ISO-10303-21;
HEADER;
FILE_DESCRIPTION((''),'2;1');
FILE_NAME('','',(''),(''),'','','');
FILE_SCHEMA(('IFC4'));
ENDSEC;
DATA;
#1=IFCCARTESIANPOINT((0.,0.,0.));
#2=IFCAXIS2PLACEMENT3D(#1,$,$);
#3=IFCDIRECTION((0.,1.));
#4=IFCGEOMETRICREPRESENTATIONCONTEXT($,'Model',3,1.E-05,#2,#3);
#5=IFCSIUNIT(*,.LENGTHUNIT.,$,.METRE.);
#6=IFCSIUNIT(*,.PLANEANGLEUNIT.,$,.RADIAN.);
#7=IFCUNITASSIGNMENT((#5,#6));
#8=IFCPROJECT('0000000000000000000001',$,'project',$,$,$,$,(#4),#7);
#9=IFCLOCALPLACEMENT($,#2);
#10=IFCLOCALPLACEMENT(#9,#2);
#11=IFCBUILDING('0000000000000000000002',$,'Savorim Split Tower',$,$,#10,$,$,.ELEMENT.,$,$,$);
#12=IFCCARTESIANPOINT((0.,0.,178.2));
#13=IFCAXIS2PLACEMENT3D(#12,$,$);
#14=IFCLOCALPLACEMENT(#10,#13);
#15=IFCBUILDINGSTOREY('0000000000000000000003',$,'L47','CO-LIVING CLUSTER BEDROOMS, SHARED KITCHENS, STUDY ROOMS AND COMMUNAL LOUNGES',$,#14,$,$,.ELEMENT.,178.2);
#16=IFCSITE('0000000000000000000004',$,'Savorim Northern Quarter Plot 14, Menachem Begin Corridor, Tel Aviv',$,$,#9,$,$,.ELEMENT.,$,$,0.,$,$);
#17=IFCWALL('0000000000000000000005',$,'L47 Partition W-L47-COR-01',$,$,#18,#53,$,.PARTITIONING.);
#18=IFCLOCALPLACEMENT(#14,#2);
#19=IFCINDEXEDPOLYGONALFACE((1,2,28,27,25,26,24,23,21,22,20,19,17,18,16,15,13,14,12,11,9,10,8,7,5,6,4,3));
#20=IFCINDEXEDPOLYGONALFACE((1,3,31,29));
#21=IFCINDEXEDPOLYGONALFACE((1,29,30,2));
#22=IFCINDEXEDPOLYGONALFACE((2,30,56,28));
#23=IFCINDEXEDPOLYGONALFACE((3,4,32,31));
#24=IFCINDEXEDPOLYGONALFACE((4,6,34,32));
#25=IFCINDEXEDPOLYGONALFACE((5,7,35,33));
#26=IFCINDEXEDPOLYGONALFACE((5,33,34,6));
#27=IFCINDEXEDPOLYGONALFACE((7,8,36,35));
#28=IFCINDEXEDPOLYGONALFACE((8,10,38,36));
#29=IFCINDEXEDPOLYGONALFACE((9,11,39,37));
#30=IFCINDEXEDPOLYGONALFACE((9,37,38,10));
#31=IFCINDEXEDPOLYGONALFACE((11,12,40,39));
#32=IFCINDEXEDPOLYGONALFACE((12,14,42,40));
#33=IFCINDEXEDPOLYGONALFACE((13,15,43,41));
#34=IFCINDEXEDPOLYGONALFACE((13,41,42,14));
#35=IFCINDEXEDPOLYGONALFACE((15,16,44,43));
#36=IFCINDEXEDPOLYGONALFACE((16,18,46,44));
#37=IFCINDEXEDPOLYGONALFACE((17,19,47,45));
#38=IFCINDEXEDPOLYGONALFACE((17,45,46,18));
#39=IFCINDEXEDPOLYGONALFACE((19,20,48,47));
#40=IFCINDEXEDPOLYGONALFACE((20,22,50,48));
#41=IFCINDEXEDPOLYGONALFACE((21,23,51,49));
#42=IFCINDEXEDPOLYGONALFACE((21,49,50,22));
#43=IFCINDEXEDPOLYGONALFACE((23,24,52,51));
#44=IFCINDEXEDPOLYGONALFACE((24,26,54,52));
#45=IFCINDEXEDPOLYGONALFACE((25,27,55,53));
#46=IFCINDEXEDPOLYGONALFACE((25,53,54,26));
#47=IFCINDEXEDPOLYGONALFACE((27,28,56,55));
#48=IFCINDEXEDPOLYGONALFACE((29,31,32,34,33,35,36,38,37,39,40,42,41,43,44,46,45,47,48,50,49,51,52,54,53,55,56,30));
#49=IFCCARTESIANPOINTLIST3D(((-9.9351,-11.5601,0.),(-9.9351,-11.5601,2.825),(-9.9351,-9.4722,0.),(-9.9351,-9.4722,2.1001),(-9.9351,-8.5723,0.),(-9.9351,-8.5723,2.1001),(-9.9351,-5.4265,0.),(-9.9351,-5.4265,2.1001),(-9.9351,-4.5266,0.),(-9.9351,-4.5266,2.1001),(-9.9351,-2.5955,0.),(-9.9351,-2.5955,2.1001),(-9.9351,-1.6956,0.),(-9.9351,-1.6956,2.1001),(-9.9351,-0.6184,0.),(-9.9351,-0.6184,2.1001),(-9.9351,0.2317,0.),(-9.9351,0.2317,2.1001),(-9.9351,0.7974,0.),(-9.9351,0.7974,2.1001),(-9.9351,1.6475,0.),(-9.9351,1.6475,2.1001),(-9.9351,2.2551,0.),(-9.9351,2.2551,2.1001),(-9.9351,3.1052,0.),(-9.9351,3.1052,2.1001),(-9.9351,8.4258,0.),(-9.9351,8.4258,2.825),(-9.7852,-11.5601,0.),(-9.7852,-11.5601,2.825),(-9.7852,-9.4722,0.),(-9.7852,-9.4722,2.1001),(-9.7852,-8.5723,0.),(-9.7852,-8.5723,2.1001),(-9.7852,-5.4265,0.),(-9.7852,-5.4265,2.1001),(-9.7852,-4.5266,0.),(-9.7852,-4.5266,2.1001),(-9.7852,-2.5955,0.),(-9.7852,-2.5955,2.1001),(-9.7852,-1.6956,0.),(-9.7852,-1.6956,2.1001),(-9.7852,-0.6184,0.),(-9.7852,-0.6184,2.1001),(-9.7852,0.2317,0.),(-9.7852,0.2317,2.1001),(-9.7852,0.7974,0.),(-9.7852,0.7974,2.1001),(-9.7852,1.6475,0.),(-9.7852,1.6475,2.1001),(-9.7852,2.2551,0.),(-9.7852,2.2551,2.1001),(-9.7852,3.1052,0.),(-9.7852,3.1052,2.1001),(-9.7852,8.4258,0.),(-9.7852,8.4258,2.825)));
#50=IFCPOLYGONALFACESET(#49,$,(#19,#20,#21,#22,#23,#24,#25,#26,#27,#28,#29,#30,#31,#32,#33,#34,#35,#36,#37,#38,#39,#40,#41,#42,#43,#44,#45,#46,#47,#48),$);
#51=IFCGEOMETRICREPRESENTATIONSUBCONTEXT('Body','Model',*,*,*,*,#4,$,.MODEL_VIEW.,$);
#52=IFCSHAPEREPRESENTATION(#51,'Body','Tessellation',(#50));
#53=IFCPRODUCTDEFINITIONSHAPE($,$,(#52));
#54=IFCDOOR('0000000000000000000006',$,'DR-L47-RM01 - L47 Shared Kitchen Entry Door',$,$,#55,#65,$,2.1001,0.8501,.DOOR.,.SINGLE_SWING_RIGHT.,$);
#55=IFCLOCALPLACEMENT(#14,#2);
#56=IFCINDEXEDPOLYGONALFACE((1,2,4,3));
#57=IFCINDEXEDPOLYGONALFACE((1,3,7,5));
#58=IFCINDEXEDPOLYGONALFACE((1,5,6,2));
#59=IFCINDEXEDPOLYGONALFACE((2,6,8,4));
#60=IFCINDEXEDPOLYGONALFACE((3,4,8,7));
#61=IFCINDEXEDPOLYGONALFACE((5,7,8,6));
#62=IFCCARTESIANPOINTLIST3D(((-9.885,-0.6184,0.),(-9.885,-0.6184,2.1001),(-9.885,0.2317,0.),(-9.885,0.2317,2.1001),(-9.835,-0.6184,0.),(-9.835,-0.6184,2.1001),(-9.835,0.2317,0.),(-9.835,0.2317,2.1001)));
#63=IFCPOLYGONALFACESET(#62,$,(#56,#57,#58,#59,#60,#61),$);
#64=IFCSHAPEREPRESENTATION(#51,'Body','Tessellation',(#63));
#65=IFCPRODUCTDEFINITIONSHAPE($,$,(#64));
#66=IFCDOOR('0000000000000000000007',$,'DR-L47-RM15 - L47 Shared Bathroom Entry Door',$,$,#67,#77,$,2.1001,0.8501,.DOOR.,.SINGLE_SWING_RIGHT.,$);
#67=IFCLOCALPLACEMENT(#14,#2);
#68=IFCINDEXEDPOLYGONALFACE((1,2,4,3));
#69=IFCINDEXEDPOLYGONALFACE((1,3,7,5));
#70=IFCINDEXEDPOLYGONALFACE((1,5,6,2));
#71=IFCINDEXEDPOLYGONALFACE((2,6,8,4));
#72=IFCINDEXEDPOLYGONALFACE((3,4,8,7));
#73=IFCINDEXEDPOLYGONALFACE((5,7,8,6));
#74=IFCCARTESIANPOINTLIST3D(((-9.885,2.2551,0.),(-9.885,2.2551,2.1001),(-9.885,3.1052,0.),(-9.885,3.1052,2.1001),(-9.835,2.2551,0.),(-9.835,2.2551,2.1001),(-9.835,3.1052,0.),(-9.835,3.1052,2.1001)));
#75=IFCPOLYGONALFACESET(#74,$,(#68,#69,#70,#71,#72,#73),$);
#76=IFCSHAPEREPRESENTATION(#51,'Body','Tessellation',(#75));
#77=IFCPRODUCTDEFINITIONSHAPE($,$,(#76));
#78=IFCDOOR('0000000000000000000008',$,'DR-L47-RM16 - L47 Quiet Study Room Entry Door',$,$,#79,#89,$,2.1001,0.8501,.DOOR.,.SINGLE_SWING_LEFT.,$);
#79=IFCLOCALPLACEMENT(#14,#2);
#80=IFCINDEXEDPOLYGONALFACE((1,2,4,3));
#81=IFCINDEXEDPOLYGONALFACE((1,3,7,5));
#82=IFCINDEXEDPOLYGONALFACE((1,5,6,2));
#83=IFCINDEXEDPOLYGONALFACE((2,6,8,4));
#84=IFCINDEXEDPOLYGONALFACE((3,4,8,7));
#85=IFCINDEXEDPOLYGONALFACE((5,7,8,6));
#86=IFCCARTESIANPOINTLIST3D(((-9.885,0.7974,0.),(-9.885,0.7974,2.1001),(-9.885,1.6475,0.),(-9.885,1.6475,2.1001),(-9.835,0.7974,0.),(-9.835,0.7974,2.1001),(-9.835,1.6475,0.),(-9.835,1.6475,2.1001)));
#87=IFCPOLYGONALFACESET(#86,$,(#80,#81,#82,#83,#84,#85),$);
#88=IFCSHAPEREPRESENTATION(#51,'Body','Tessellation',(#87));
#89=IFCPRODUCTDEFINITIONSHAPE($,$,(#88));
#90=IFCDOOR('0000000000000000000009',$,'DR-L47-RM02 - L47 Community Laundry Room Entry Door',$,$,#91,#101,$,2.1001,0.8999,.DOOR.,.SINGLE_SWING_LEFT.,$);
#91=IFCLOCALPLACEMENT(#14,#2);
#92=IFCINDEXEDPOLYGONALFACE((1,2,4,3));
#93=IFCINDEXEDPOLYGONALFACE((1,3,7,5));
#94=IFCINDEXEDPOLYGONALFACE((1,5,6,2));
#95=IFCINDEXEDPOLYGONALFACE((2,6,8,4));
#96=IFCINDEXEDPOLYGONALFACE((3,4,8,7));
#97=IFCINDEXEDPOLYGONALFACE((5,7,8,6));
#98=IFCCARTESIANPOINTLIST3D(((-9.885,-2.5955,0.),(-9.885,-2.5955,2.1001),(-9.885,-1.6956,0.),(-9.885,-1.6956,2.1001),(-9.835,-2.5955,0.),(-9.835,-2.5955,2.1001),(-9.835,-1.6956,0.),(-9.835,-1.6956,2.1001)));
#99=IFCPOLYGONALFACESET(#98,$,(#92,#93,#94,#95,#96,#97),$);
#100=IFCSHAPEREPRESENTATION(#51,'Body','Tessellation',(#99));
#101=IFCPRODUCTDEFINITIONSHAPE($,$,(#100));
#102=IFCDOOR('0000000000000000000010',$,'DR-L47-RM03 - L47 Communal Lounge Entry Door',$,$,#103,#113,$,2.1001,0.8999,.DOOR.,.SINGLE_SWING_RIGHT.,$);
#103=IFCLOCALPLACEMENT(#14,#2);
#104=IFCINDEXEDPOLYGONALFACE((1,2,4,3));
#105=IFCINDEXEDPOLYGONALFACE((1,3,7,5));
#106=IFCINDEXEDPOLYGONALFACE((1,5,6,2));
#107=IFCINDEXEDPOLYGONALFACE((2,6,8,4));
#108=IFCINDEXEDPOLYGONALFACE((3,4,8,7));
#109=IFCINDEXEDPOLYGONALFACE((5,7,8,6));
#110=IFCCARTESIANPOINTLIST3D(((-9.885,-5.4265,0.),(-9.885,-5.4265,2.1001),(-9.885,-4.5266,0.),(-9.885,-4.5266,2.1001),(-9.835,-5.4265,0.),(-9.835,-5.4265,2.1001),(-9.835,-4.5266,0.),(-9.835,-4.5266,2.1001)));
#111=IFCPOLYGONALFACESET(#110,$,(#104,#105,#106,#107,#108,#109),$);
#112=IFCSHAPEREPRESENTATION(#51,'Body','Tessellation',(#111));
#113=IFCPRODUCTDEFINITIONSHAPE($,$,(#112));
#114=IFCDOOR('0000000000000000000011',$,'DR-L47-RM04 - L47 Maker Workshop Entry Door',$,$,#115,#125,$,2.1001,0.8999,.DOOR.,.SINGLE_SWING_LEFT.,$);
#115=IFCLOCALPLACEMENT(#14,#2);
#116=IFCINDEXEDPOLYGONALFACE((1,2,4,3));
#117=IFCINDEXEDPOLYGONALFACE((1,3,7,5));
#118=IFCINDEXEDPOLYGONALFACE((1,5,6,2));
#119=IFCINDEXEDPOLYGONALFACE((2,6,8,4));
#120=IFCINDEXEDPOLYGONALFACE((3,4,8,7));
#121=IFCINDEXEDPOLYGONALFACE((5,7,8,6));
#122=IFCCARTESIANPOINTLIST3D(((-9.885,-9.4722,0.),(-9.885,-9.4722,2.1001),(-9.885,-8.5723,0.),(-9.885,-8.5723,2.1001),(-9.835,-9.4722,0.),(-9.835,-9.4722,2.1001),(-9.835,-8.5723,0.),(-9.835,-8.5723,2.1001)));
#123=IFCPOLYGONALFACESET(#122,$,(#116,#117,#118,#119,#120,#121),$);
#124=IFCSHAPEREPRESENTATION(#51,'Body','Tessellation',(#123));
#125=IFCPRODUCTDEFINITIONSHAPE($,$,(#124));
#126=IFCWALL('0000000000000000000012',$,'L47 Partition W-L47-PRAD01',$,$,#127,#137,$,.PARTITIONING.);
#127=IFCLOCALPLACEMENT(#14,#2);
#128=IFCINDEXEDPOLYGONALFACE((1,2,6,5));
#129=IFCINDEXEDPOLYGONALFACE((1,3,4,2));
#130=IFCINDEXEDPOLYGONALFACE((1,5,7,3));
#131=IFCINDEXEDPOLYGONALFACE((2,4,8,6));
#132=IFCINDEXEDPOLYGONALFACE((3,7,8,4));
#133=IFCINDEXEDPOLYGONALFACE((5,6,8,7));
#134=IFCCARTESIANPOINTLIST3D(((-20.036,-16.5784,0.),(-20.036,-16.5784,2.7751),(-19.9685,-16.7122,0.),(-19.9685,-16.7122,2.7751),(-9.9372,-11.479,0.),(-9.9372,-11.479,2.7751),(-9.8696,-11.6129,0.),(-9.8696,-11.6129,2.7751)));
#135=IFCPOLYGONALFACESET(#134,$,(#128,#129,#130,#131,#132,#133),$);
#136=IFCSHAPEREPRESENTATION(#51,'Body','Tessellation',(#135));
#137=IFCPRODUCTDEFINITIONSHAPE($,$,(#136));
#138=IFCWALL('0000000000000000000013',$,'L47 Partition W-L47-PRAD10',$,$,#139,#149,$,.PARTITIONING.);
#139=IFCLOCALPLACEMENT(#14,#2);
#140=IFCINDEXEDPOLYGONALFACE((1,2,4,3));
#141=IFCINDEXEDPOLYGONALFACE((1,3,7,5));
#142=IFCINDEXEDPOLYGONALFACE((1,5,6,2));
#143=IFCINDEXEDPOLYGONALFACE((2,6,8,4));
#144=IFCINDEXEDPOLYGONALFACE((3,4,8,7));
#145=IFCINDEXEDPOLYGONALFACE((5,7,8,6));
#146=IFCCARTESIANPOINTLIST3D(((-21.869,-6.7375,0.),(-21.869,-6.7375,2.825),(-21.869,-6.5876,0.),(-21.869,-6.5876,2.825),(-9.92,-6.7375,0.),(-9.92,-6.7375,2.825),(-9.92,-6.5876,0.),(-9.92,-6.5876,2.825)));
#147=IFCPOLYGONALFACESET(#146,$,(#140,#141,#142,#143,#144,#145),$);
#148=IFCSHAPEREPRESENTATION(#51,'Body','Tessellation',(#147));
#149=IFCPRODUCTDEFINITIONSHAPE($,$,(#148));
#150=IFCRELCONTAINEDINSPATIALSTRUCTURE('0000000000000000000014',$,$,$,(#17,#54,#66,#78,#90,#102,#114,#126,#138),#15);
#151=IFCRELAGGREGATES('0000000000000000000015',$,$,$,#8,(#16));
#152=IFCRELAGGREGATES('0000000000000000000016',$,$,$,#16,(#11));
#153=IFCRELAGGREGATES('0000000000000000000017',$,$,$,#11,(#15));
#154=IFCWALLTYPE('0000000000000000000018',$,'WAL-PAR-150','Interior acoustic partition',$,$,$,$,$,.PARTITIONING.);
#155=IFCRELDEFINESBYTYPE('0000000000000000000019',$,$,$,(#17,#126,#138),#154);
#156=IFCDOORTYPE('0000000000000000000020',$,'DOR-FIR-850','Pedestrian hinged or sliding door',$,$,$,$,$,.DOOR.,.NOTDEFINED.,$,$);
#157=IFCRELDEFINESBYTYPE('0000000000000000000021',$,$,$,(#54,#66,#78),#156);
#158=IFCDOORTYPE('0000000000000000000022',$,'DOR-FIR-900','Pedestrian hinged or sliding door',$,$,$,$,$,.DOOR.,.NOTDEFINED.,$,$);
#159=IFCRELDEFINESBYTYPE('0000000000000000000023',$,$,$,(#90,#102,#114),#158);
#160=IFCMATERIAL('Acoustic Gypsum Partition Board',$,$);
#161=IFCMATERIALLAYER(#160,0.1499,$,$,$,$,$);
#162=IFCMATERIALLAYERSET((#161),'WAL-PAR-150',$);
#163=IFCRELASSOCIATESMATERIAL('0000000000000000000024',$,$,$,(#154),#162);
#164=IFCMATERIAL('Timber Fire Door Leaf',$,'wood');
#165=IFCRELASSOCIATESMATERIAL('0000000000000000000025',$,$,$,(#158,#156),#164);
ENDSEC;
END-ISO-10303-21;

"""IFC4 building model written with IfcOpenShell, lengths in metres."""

from ifc_helpers import new_model, si_unit, direction, frame, frame_2d, origin, place, context, subcontext, project, spatial, rectangle, extrude, material, layer, layer_set, type_object, element, fill, save


model = new_model("IFC4")

# Units and contexts
model_context = context("Model", 3, precision=1e-05, world=origin(), true_north=direction((0.0, 1.0)))
body_context = subcontext(model_context, "Body", "Model", "MODEL_VIEW")
ifc_project = project(units=[si_unit("LENGTHUNIT", "METRE"), si_unit("PLANEANGLEUNIT", "RADIAN")], contexts=[model_context])

# Site, building, storey
site_placement = place(None, origin())
site = spatial("IfcSite", under=ifc_project, at=site_placement, Name="Savorim Northern Quarter Plot 14, Menachem Begin Corridor, Tel Aviv", CompositionType="ELEMENT", RefElevation=0.0)
building_placement = place(site_placement, origin())
building = spatial("IfcBuilding", under=site, at=building_placement, Name="Savorim Split Tower", CompositionType="ELEMENT")
storey_placement = place(building_placement, frame((0.0, 0.0, 178.2)))
storey = spatial("IfcBuildingStorey", under=building, at=storey_placement, Name="L47", Description="CO-LIVING CLUSTER BEDROOMS, SHARED KITCHENS, STUDY ROOMS AND COMMUNAL LOUNGES", CompositionType="ELEMENT", Elevation=178.2)

# Shared definitions
ifc_material_1 = material(Name="Timber Fire Door Leaf", Category="wood")

# Shared definitions
ifc_material_2 = material(Name="Acoustic Gypsum Partition Board")
ifc_layer_1 = layer(ifc_material_2, 0.1499)
ifc_layer_set_1 = layer_set([ifc_layer_1], Name="WAL-PAR-150")
wall_type_1 = type_object("IfcWallType", Name="WAL-PAR-150", Description="Interior acoustic partition", PredefinedType="PARTITIONING", material=ifc_layer_set_1)
door_type_1 = type_object("IfcDoorType", Name="DOR-FIR-900", Description="Pedestrian hinged or sliding door", OperationType="NOTDEFINED", PredefinedType="DOOR", material=ifc_material_1)

# Wall, openings, doors
wall_1_placement = place(storey_placement, frame((-9.8601, -11.5601, 0.0), z_axis=(0.0, 0.0, 1.0), x_axis=(0.0, 1.0, 0.0)))
wall_1 = element("IfcWall", 1, at=wall_1_placement, inside=storey, type_object=wall_type_1, Name="L47 Partition W-L47-COR-01", PredefinedType="PARTITIONING", context=body_context, shape_type="SweptSolid", body=[
    extrude(rectangle(XDim=19.9858, YDim=0.1499, at=frame_2d((9.9929, 0.0))), origin(), (0.0, 0.0, 1.0), 2.825),
])
opening_1_placement = place(wall_1_placement, frame((10.9417, 0.0, 0.0)))
opening_1 = element("IfcOpeningElement", 2, at=opening_1_placement, cuts=wall_1, PredefinedType="OPENING", context=body_context, shape_type="SweptSolid", body=[
    extrude(rectangle(XDim=0.8501, YDim=2.1001, at=frame_2d((0.425, 1.05))), frame((0.0, 0.085, 0.0), z_axis=(0.0, -1.0, 0.0), x_axis=(1.0, 0.0, 0.0)), (0.0, 0.0, 1.0), 0.1699),
])
opening_2_placement = place(wall_1_placement, frame((8.9646, 0.0, 0.0)))
opening_2 = element("IfcOpeningElement", 3, at=opening_2_placement, cuts=wall_1, PredefinedType="OPENING", context=body_context, shape_type="SweptSolid", body=[
    extrude(rectangle(XDim=0.8999, YDim=2.1001, at=frame_2d((0.45, 1.05))), frame((0.0, 0.085, 0.0), z_axis=(0.0, -1.0, 0.0), x_axis=(1.0, 0.0, 0.0)), (0.0, 0.0, 1.0), 0.1699),
])
opening_3_placement = place(wall_1_placement, frame((6.1335, 0.0, 0.0)))
opening_3 = element("IfcOpeningElement", 4, at=opening_3_placement, cuts=wall_1, PredefinedType="OPENING", context=body_context, shape_type="SweptSolid", body=[
    extrude(rectangle(XDim=0.8999, YDim=2.1001, at=frame_2d((0.45, 1.05))), frame((0.0, 0.085, 0.0), z_axis=(0.0, -1.0, 0.0), x_axis=(1.0, 0.0, 0.0)), (0.0, 0.0, 1.0), 0.1699),
])
opening_4_placement = place(wall_1_placement, frame((2.0879, 0.0, 0.0)))
opening_4 = element("IfcOpeningElement", 5, at=opening_4_placement, cuts=wall_1, PredefinedType="OPENING", context=body_context, shape_type="SweptSolid", body=[
    extrude(rectangle(XDim=0.8999, YDim=2.1001, at=frame_2d((0.45, 1.05))), frame((0.0, 0.085, 0.0), z_axis=(0.0, -1.0, 0.0), x_axis=(1.0, 0.0, 0.0)), (0.0, 0.0, 1.0), 0.1699),
])
opening_5_placement = place(wall_1_placement, frame((13.8152, 0.0, 0.0)))
opening_5 = element("IfcOpeningElement", 6, at=opening_5_placement, cuts=wall_1, PredefinedType="OPENING", context=body_context, shape_type="SweptSolid", body=[
    extrude(rectangle(XDim=0.8501, YDim=2.1001, at=frame_2d((0.425, 1.05))), frame((0.0, 0.085, 0.0), z_axis=(0.0, -1.0, 0.0), x_axis=(1.0, 0.0, 0.0)), (0.0, 0.0, 1.0), 0.1699),
])
opening_6_placement = place(wall_1_placement, frame((12.3574, 0.0, 0.0)))
opening_6 = element("IfcOpeningElement", 7, at=opening_6_placement, cuts=wall_1, PredefinedType="OPENING", context=body_context, shape_type="SweptSolid", body=[
    extrude(rectangle(XDim=0.8501, YDim=2.1001, at=frame_2d((0.425, 1.05))), frame((0.0, 0.085, 0.0), z_axis=(0.0, -1.0, 0.0), x_axis=(1.0, 0.0, 0.0)), (0.0, 0.0, 1.0), 0.1699),
])
door_type_2 = type_object("IfcDoorType", Name="DOR-FIR-850", Description="Pedestrian hinged or sliding door", OperationType="NOTDEFINED", PredefinedType="DOOR", material=ifc_material_1)
door_1_placement = place(opening_1_placement, origin())
door_1 = element("IfcDoor", 8, at=door_1_placement, inside=storey, type_object=door_type_2, Name="DR-L47-RM01 - L47 Shared Kitchen Entry Door", OperationType="SINGLE_SWING_RIGHT", OverallHeight=2.1001, OverallWidth=0.8501, PredefinedType="DOOR", context=body_context, shape_type="SweptSolid", body=[
    extrude(rectangle(XDim=0.8501, YDim=2.1001, at=frame_2d((0.425, 1.05))), frame((0.0, 0.0249, 0.0), z_axis=(0.0, -1.0, 0.0), x_axis=(1.0, 0.0, 0.0)), (0.0, 0.0, 1.0), 0.05),
])
fill(opening_1, door_1)
door_2_placement = place(opening_5_placement, origin())
door_2 = element("IfcDoor", 9, at=door_2_placement, inside=storey, type_object=door_type_2, Name="DR-L47-RM15 - L47 Shared Bathroom Entry Door", OperationType="SINGLE_SWING_RIGHT", OverallHeight=2.1001, OverallWidth=0.8501, PredefinedType="DOOR", context=body_context, shape_type="SweptSolid", body=[
    extrude(rectangle(XDim=0.8501, YDim=2.1001, at=frame_2d((0.425, 1.05))), frame((0.0, 0.0249, 0.0), z_axis=(0.0, -1.0, 0.0), x_axis=(1.0, 0.0, 0.0)), (0.0, 0.0, 1.0), 0.05),
])
fill(opening_5, door_2)
door_3_placement = place(opening_6_placement, origin())
door_3 = element("IfcDoor", 10, at=door_3_placement, inside=storey, type_object=door_type_2, Name="DR-L47-RM16 - L47 Quiet Study Room Entry Door", OperationType="SINGLE_SWING_LEFT", OverallHeight=2.1001, OverallWidth=0.8501, PredefinedType="DOOR", context=body_context, shape_type="SweptSolid", body=[
    extrude(rectangle(XDim=0.8501, YDim=2.1001, at=frame_2d((0.425, 1.05))), frame((0.0, 0.0249, 0.0), z_axis=(0.0, -1.0, 0.0), x_axis=(1.0, 0.0, 0.0)), (0.0, 0.0, 1.0), 0.05),
])
fill(opening_6, door_3)
door_4_placement = place(opening_2_placement, origin())
door_4 = element("IfcDoor", 11, at=door_4_placement, inside=storey, type_object=door_type_1, Name="DR-L47-RM02 - L47 Community Laundry Room Entry Door", OperationType="SINGLE_SWING_LEFT", OverallHeight=2.1001, OverallWidth=0.8999, PredefinedType="DOOR", context=body_context, shape_type="SweptSolid", body=[
    extrude(rectangle(XDim=0.8999, YDim=2.1001, at=frame_2d((0.45, 1.05))), frame((0.0, 0.0249, 0.0), z_axis=(0.0, -1.0, 0.0), x_axis=(1.0, 0.0, 0.0)), (0.0, 0.0, 1.0), 0.05),
])
fill(opening_2, door_4)
door_5_placement = place(opening_3_placement, origin())
door_5 = element("IfcDoor", 12, at=door_5_placement, inside=storey, type_object=door_type_1, Name="DR-L47-RM03 - L47 Communal Lounge Entry Door", OperationType="SINGLE_SWING_RIGHT", OverallHeight=2.1001, OverallWidth=0.8999, PredefinedType="DOOR", context=body_context, shape_type="SweptSolid", body=[
    extrude(rectangle(XDim=0.8999, YDim=2.1001, at=frame_2d((0.45, 1.05))), frame((0.0, 0.0249, 0.0), z_axis=(0.0, -1.0, 0.0), x_axis=(1.0, 0.0, 0.0)), (0.0, 0.0, 1.0), 0.05),
])
fill(opening_3, door_5)
door_6_placement = place(opening_4_placement, origin())
door_6 = element("IfcDoor", 13, at=door_6_placement, inside=storey, type_object=door_type_1, Name="DR-L47-RM04 - L47 Maker Workshop Entry Door", OperationType="SINGLE_SWING_LEFT", OverallHeight=2.1001, OverallWidth=0.8999, PredefinedType="DOOR", context=body_context, shape_type="SweptSolid", body=[
    extrude(rectangle(XDim=0.8999, YDim=2.1001, at=frame_2d((0.45, 1.05))), frame((0.0, 0.0249, 0.0), z_axis=(0.0, -1.0, 0.0), x_axis=(1.0, 0.0, 0.0)), (0.0, 0.0, 1.0), 0.05),
])
fill(opening_4, door_6)

# Walls
wall_2_placement = place(storey_placement, frame((-9.9033, -11.5459, 0.0), z_axis=(0.0, 0.0, 1.0), x_axis=(-0.892655, -0.450741, 0.0)))
element("IfcWall", 14, at=wall_2_placement, inside=storey, type_object=wall_type_1, Name="L47 Partition W-L47-PRAD01", PredefinedType="PARTITIONING", context=body_context, shape_type="SweptSolid", body=[
    extrude(rectangle(XDim=11.3132, YDim=0.1499, at=frame_2d((5.6567, 0.0))), origin(), (0.0, 0.0, 1.0), 2.7751),
])
wall_3_placement = place(storey_placement, frame((-9.9199, -6.6626, 0.0), z_axis=(0.0, 0.0, 1.0), x_axis=(-1.0, 0.0, 0.0)))
element("IfcWall", 15, at=wall_3_placement, inside=storey, type_object=wall_type_1, Name="L47 Partition W-L47-PRAD10", PredefinedType="PARTITIONING", context=body_context, shape_type="SweptSolid", body=[
    extrude(rectangle(XDim=11.949, YDim=0.1499, at=frame_2d((5.9746, 0.0))), origin(), (0.0, 0.0, 1.0), 2.825),
])

save(model, "model.ifc")
